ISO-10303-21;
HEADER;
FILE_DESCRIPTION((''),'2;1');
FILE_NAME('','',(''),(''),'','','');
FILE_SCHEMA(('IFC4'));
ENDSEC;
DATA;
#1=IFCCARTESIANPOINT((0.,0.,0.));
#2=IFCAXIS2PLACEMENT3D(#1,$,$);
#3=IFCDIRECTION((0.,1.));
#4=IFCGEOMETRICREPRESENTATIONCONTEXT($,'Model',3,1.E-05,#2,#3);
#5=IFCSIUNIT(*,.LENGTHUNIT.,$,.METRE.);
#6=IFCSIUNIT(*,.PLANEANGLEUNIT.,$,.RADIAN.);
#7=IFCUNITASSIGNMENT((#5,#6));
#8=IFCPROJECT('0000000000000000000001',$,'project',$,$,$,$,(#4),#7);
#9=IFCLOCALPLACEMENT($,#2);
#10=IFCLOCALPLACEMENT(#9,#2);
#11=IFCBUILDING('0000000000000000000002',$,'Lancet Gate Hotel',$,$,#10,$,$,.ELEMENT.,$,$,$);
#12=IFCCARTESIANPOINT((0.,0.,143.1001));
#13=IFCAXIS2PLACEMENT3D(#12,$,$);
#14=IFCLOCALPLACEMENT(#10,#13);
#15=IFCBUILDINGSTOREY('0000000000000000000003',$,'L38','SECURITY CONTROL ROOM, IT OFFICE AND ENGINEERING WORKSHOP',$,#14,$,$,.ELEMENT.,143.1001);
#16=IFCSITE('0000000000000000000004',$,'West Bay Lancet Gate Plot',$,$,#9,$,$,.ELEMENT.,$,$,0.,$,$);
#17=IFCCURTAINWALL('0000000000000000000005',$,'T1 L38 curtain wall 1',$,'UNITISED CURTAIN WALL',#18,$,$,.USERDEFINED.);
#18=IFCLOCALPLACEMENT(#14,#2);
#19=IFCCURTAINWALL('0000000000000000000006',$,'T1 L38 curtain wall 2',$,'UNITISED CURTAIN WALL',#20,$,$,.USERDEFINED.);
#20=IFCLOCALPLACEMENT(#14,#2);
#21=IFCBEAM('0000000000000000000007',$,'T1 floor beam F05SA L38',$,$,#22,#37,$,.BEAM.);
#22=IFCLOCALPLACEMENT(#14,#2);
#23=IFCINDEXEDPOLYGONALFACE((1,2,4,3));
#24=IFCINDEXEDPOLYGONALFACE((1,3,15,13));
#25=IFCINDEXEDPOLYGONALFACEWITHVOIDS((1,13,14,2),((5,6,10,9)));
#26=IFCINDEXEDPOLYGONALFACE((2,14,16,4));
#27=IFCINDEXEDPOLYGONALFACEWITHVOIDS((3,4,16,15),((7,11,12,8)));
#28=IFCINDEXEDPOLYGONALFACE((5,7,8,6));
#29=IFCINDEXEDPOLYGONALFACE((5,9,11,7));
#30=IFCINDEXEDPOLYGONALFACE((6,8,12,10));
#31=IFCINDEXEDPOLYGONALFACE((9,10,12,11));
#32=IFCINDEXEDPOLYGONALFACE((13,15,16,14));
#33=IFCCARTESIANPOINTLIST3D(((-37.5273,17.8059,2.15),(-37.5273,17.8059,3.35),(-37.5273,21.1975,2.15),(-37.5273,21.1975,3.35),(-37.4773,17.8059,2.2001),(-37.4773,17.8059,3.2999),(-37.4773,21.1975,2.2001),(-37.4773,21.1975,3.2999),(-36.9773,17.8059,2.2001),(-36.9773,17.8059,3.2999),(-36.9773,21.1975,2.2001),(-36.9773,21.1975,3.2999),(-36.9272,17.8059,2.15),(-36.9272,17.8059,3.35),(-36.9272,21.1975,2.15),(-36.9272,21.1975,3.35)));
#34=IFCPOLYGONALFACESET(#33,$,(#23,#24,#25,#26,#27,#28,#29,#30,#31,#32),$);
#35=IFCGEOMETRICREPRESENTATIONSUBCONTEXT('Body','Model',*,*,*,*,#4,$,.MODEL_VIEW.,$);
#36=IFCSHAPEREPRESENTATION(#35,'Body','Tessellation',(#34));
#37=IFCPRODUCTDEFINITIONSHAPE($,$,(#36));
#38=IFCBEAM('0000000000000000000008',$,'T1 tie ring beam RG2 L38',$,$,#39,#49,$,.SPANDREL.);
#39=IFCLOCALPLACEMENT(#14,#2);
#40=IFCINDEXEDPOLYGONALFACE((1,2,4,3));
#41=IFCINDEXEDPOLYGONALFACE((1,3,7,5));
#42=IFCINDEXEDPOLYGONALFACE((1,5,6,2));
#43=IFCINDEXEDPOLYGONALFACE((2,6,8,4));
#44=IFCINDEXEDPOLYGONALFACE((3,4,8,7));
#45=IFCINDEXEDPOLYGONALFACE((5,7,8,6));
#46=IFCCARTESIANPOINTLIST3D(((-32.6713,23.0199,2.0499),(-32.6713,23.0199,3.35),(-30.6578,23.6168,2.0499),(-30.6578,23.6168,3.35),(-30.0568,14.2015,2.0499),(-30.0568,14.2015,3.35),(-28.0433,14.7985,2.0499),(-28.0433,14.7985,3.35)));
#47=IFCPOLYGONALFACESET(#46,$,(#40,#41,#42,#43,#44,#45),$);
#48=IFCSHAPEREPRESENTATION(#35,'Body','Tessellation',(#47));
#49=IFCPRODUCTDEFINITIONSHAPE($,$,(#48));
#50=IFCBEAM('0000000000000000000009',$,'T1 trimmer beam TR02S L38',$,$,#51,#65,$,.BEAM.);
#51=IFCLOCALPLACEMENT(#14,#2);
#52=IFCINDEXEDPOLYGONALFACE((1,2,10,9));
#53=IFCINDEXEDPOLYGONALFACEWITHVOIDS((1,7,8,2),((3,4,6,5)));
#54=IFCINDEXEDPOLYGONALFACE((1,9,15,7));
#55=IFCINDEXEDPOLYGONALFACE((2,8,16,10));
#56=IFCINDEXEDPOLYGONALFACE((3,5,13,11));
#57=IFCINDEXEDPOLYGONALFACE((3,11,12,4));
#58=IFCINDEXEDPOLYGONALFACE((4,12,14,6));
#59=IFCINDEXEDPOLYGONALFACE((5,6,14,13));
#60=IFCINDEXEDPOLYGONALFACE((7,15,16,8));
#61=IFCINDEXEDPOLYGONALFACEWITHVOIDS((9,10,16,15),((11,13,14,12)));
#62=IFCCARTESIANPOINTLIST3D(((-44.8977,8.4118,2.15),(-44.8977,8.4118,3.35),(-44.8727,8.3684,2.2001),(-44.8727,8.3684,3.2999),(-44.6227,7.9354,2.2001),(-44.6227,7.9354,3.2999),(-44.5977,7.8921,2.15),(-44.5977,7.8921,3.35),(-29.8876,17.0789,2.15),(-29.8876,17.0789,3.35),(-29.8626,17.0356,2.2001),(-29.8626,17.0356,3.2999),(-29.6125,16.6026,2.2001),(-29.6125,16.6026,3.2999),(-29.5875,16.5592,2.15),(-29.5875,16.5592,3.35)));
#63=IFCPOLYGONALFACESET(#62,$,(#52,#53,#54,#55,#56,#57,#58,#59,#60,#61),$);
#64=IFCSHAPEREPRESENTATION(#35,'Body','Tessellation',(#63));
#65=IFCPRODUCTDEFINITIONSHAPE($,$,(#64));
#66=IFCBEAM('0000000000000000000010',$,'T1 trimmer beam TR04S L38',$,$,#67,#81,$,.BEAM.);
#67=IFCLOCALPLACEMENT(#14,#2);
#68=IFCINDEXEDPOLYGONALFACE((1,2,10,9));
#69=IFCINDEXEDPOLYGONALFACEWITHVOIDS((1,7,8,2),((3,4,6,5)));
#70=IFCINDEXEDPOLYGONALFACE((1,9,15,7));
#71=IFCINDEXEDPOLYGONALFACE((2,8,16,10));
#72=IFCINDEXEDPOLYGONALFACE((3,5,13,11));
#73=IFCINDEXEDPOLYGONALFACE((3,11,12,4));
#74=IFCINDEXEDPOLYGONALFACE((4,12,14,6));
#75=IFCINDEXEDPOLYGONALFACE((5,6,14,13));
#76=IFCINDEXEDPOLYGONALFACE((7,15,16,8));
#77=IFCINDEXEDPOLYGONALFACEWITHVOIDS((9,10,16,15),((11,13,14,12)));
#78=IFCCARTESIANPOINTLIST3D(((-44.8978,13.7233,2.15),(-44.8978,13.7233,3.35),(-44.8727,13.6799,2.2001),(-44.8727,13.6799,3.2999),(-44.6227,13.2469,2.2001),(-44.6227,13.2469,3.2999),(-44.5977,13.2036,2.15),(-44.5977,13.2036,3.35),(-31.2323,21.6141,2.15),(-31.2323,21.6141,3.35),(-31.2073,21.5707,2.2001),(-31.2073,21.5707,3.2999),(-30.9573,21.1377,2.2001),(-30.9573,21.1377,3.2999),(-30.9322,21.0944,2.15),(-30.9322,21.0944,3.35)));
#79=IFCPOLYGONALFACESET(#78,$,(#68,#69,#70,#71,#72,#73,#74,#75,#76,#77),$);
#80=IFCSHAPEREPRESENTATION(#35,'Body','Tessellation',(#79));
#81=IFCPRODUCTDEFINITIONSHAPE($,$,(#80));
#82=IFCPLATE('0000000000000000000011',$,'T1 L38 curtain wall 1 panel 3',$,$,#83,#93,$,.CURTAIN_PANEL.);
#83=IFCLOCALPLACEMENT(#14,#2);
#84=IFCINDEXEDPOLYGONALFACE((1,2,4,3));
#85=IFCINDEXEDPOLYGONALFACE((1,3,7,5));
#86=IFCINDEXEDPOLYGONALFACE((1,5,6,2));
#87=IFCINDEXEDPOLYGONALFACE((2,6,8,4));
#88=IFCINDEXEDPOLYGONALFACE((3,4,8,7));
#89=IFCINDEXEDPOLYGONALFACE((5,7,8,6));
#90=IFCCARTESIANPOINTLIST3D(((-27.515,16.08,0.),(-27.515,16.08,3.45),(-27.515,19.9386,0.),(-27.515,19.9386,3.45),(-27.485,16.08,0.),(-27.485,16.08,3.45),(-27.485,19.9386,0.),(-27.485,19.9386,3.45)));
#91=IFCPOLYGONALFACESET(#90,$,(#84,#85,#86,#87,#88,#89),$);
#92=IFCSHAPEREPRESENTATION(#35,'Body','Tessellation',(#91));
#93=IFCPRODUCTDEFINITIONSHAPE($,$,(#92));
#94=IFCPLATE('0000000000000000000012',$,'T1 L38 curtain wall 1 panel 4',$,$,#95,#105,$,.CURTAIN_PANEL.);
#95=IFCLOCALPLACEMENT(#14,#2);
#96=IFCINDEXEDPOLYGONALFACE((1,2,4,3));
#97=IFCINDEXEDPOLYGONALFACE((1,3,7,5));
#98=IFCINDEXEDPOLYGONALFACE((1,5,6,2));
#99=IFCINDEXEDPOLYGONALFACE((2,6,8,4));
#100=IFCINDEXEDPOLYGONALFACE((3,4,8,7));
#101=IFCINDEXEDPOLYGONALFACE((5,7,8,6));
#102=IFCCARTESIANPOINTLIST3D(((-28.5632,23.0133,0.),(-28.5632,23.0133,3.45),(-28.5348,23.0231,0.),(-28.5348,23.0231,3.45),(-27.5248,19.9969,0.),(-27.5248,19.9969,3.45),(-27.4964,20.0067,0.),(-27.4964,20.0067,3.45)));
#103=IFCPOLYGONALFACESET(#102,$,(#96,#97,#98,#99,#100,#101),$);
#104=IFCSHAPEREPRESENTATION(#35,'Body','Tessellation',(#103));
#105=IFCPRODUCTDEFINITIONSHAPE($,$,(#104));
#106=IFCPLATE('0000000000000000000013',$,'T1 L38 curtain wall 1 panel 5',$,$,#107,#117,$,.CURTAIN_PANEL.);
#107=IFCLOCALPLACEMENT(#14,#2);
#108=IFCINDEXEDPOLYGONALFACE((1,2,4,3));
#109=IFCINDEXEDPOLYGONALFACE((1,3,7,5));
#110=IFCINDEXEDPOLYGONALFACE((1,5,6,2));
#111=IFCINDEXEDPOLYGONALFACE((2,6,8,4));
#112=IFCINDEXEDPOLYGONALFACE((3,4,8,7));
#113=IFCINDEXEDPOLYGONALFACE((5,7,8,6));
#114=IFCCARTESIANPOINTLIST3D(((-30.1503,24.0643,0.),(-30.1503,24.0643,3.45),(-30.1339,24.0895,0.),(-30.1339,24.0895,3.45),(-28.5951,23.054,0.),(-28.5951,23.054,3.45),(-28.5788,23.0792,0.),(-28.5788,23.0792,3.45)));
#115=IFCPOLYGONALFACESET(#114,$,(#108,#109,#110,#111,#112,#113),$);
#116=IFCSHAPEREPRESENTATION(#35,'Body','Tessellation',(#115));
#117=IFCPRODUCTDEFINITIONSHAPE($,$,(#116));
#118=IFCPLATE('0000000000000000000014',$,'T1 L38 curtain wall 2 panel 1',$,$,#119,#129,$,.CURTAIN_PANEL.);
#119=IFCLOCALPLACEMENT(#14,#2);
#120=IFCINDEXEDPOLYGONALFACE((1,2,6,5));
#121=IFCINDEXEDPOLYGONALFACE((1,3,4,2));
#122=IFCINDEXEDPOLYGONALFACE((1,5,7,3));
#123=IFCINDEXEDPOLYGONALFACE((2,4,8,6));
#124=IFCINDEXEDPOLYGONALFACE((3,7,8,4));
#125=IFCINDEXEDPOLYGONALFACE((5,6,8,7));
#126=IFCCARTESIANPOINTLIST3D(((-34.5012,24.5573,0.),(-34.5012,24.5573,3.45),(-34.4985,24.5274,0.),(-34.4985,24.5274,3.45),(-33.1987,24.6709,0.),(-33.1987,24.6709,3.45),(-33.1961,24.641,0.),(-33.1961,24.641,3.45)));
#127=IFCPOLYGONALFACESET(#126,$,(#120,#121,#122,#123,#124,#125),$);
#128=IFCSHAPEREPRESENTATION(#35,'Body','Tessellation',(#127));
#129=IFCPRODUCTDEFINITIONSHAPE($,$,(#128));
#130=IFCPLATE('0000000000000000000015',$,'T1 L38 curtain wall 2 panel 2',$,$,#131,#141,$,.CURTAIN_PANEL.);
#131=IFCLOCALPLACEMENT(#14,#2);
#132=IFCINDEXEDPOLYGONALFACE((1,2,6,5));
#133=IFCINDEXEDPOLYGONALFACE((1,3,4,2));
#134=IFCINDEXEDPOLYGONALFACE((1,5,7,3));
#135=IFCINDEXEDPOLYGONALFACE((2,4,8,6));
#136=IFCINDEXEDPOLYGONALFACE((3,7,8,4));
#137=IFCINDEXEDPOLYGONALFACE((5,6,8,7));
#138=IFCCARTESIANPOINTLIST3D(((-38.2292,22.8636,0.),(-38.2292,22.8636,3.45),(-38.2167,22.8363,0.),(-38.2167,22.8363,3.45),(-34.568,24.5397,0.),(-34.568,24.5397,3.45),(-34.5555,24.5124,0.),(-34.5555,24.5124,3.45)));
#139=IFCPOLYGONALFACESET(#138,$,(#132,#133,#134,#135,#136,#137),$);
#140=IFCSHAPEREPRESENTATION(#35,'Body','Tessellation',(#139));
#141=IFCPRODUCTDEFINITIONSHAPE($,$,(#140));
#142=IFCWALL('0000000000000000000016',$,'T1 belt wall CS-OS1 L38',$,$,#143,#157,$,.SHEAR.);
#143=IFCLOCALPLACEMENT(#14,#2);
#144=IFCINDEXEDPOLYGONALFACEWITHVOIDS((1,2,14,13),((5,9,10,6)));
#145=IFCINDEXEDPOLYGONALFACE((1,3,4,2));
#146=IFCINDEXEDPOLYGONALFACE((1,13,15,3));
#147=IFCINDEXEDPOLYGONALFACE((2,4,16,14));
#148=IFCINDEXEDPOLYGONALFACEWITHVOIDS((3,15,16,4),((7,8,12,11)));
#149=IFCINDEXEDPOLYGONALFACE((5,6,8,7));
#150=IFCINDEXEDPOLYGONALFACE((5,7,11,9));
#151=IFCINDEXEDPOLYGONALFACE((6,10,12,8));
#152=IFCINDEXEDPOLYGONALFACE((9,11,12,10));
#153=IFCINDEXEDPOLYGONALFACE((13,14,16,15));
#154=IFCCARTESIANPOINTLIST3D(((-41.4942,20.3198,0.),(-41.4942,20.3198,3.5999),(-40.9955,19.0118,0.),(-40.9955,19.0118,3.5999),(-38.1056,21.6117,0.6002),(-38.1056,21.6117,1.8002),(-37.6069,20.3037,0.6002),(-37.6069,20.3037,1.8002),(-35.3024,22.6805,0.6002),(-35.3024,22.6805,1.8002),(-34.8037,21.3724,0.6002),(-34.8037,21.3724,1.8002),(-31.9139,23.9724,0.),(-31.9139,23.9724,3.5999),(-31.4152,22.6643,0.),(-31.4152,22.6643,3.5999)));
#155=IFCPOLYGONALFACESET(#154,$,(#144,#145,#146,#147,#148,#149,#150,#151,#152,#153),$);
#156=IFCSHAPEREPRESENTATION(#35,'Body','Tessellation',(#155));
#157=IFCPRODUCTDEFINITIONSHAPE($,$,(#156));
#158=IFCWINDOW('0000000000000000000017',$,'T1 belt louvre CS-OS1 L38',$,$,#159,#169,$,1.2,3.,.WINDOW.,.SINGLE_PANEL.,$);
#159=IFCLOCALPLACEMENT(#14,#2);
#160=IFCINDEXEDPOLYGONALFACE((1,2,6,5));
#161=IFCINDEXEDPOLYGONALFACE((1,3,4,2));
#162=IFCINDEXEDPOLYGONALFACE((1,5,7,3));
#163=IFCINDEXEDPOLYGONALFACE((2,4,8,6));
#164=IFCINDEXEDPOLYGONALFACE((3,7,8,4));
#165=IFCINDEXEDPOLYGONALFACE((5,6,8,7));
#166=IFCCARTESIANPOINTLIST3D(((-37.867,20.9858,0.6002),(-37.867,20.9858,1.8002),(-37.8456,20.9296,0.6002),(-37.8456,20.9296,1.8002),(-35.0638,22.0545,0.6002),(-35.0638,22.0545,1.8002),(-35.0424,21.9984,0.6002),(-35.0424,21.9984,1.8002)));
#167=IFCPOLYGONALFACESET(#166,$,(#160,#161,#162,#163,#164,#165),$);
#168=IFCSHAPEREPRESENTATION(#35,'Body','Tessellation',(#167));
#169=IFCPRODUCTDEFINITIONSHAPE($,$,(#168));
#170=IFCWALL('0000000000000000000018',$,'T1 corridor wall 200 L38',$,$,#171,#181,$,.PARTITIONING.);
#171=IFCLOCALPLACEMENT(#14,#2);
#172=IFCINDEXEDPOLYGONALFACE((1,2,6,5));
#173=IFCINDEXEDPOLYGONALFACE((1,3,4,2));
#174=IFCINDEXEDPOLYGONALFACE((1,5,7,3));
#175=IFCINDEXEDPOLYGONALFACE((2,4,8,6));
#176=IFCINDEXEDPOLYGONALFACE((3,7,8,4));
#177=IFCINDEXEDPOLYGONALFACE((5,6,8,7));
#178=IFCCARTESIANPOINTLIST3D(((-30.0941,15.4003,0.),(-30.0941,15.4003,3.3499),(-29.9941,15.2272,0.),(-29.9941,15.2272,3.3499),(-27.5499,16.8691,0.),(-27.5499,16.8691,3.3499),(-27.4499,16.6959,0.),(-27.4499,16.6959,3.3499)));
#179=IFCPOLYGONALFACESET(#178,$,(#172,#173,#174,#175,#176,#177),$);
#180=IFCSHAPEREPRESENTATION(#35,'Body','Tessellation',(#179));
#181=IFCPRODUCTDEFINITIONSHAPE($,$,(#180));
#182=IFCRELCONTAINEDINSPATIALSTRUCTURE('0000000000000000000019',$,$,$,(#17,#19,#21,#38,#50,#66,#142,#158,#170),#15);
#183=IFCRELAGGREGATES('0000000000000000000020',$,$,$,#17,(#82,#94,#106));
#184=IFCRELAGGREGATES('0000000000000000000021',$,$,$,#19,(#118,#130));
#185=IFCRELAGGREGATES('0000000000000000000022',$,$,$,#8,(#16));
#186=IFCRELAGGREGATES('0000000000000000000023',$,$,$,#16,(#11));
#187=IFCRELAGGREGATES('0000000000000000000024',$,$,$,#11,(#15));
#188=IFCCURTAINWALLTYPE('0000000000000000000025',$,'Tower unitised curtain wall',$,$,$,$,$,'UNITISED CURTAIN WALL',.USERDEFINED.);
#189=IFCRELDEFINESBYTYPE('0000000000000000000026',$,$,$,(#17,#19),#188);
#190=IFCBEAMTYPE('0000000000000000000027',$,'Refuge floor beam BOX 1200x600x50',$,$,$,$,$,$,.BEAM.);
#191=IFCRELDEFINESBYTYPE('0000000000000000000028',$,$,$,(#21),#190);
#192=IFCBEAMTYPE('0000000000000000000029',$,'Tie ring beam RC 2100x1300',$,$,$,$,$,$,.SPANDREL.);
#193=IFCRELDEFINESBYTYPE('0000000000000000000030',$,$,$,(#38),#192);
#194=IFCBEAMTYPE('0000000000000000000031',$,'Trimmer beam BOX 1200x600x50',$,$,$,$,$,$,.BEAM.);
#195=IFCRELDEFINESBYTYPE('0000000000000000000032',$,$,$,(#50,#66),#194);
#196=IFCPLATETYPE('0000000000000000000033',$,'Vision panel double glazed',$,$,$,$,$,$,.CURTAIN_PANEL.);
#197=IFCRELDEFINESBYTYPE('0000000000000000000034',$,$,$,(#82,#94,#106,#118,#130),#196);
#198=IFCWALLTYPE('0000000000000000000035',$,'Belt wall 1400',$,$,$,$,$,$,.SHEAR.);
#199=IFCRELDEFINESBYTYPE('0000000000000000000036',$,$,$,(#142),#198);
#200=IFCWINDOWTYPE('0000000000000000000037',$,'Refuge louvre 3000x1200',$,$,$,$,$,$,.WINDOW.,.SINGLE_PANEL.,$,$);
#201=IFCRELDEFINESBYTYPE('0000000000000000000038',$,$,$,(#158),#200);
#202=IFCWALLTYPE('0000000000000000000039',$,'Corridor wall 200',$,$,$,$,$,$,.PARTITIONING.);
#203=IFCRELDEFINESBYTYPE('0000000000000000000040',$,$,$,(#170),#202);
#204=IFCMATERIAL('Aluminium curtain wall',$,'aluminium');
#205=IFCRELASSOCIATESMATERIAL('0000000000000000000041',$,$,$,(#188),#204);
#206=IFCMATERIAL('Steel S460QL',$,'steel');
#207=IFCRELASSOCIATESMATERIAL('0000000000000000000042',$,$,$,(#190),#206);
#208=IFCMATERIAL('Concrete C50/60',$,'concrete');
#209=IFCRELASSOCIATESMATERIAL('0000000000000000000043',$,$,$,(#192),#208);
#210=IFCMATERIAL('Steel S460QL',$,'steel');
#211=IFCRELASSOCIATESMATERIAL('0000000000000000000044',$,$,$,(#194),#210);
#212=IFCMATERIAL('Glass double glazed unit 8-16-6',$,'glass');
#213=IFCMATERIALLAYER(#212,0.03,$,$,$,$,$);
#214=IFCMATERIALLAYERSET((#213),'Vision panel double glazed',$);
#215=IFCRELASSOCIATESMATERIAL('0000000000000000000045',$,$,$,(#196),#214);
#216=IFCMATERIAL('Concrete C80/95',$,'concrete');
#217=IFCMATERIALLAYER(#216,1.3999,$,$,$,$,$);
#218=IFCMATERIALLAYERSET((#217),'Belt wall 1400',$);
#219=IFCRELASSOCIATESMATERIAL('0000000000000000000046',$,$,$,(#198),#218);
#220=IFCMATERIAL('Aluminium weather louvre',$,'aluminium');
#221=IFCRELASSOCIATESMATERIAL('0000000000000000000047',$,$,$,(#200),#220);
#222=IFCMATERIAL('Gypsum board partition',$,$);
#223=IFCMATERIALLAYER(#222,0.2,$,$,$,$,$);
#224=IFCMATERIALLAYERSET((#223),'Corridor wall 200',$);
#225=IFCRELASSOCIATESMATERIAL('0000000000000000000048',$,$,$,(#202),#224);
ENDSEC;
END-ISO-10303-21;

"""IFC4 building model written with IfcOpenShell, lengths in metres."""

from ifc_helpers import new_model, si_unit, direction, frame, frame_2d, origin, origin_2d, place, context, subcontext, project, spatial, rectangle, hollow_rectangle, extrude, material, layer, layer_set, material_profile, profile_set, type_object, element, fill, aggregate, save


model = new_model("IFC4")

# Units and contexts
model_context = context("Model", 3, precision=1e-05, world=origin(), true_north=direction((0.0, 1.0)))
body_context = subcontext(model_context, "Body", "Model", "MODEL_VIEW")
ifc_project = project(units=[si_unit("LENGTHUNIT", "METRE"), si_unit("PLANEANGLEUNIT", "RADIAN")], contexts=[model_context])

# Site, building, storey
site_placement = place(None, origin())
site = spatial("IfcSite", under=ifc_project, at=site_placement, Name="West Bay Lancet Gate Plot", CompositionType="ELEMENT", RefElevation=0.0)
building_placement = place(site_placement, origin())
building = spatial("IfcBuilding", under=site, at=building_placement, Name="Lancet Gate Hotel", CompositionType="ELEMENT")
storey_placement = place(building_placement, frame((0.0, 0.0, 143.1001)))
storey = spatial("IfcBuildingStorey", under=building, at=storey_placement, Name="L38", Description="SECURITY CONTROL ROOM, IT OFFICE AND ENGINEERING WORKSHOP", CompositionType="ELEMENT", Elevation=143.1001)

# Curtain walls
ifc_material_1 = material(Name="Aluminium curtain wall", Category="aluminium")
curtain_wall_type = type_object("IfcCurtainWallType", Name="Tower unitised curtain wall", ElementType="UNITISED CURTAIN WALL", PredefinedType="USERDEFINED", material=ifc_material_1)
curtain_wall_1_placement = place(storey_placement, origin())
curtain_wall_1 = element("IfcCurtainWall", 1, at=curtain_wall_1_placement, inside=storey, type_object=curtain_wall_type, Name="T1 L38 curtain wall 1", ObjectType="UNITISED CURTAIN WALL", PredefinedType="USERDEFINED")
curtain_wall_2_placement = place(storey_placement, origin())
curtain_wall_2 = element("IfcCurtainWall", 2, at=curtain_wall_2_placement, inside=storey, type_object=curtain_wall_type, Name="T1 L38 curtain wall 2", ObjectType="UNITISED CURTAIN WALL", PredefinedType="USERDEFINED")

# Beams
ifc_material_2 = material(Name="Steel S460QL", Category="steel")
ifc_material_profile_1 = material_profile(ifc_material_2, hollow_rectangle(XDim=0.6001, YDim=1.2, WallThickness=0.05, at=origin_2d()), Name="BOX 1200x600x50")
ifc_profile_set_1 = profile_set([ifc_material_profile_1], Name="Steel S460QL")
beam_type_1 = type_object("IfcBeamType", Name="Refuge floor beam BOX 1200x600x50", PredefinedType="BEAM", material=ifc_profile_set_1)
beam_1_placement = place(storey_placement, frame((-37.2273, 21.1975, 2.75), z_axis=(0.0, -1.0, 0.0), x_axis=(1.0, 0.0, 0.0)))
element("IfcBeam", 3, at=beam_1_placement, inside=storey, type_object=beam_type_1, Name="T1 floor beam F05SA L38", PredefinedType="BEAM", context=body_context, shape_type="SweptSolid", body=[
    extrude(hollow_rectangle(XDim=0.6001, YDim=1.2, WallThickness=0.05, at=origin_2d()), origin(), (0.0, 0.0, 1.0), 3.3916),
])
ifc_material_3 = material(Name="Concrete C50/60", Category="concrete")
ifc_material_profile_2 = material_profile(ifc_material_3, rectangle(XDim=2.1001, YDim=1.3, at=origin_2d()), Name="RC 2100x1300")
ifc_profile_set_2 = profile_set([ifc_material_profile_2], Name="Concrete C50/60")
beam_type_2 = type_object("IfcBeamType", Name="Tie ring beam RC 2100x1300", PredefinedType="SPANDREL", material=ifc_profile_set_2)
beam_2_placement = place(storey_placement, frame((-31.6646, 23.3184, 2.7), z_axis=(0.284254, -0.958749, 0.0), x_axis=(0.958749, 0.284254, 0.0)))
element("IfcBeam", 4, at=beam_2_placement, inside=storey, type_object=beam_type_2, Name="T1 tie ring beam RG2 L38", PredefinedType="SPANDREL", context=body_context, shape_type="SweptSolid", body=[
    extrude(rectangle(XDim=2.1001, YDim=1.3, at=origin_2d()), origin(), (0.0, 0.0, 1.0), 9.1978),
])
ifc_material_4 = material(Name="Steel S460QL", Category="steel")
ifc_material_profile_3 = material_profile(ifc_material_4, hollow_rectangle(XDim=0.6001, YDim=1.2, WallThickness=0.05, at=origin_2d()), Name="BOX 1200x600x50")
ifc_profile_set_3 = profile_set([ifc_material_profile_3], Name="Steel S460QL")
beam_type_3 = type_object("IfcBeamType", Name="Trimmer beam BOX 1200x600x50", PredefinedType="BEAM", material=ifc_profile_set_3)
beam_3_placement = place(storey_placement, frame((-29.7375, 16.8191, 2.75), z_axis=(-0.865999, -0.500046, 0.0), x_axis=(0.500046, -0.865999, 0.0)))
element("IfcBeam", 5, at=beam_3_placement, inside=storey, type_object=beam_type_3, Name="T1 trimmer beam TR02S L38", PredefinedType="BEAM", context=body_context, shape_type="SweptSolid", body=[
    extrude(hollow_rectangle(XDim=0.6001, YDim=1.2, WallThickness=0.05, at=origin_2d()), origin(), (0.0, 0.0, 1.0), 17.3328),
])
beam_4_placement = place(storey_placement, frame((-31.0823, 21.3542, 2.75), z_axis=(-0.865996, -0.500051, 0.0), x_axis=(0.500051, -0.865996, 0.0)))
element("IfcBeam", 6, at=beam_4_placement, inside=storey, type_object=beam_type_3, Name="T1 trimmer beam TR04S L38", PredefinedType="BEAM", context=body_context, shape_type="SweptSolid", body=[
    extrude(hollow_rectangle(XDim=0.6001, YDim=1.2, WallThickness=0.05, at=origin_2d()), origin(), (0.0, 0.0, 1.0), 15.78),
])

# Plates
ifc_material_5 = material(Name="Glass double glazed unit 8-16-6", Category="glass")
ifc_layer_1 = layer(ifc_material_5, 0.03)
ifc_layer_set_1 = layer_set([ifc_layer_1], Name="Vision panel double glazed")
plate_type = type_object("IfcPlateType", Name="Vision panel double glazed", PredefinedType="CURTAIN_PANEL", material=ifc_layer_set_1)
plate_1_placement = place(storey_placement, frame((-27.5, 18.0093, 0.0), z_axis=(0.0, 0.0, 1.0), x_axis=(0.0, 1.0, 0.0)))
plate_1 = element("IfcPlate", 7, at=plate_1_placement, type_object=plate_type, Name="T1 L38 curtain wall 1 panel 3", PredefinedType="CURTAIN_PANEL", context=body_context, shape_type="SweptSolid", body=[
    extrude(rectangle(XDim=3.8586, YDim=0.03, at=origin_2d()), origin(), (0.0, 0.0, 1.0), 3.45),
])
plate_2_placement = place(storey_placement, frame((-28.0298, 21.51, 0.0), z_axis=(0.0, 0.0, 1.0), x_axis=(-0.325516, 0.945537, 0.0)))
plate_2 = element("IfcPlate", 8, at=plate_2_placement, type_object=plate_type, Name="T1 L38 curtain wall 1 panel 4", PredefinedType="CURTAIN_PANEL", context=body_context, shape_type="SweptSolid", body=[
    extrude(rectangle(XDim=3.1902, YDim=0.03, at=origin_2d()), origin(), (0.0, 0.0, 1.0), 3.45),
])
plate_3_placement = place(storey_placement, frame((-29.3645, 23.5718, 0.0), z_axis=(0.0, 0.0, 1.0), x_axis=(-0.83858, 0.544778, 0.0)))
plate_3 = element("IfcPlate", 9, at=plate_3_placement, type_object=plate_type, Name="T1 L38 curtain wall 1 panel 5", PredefinedType="CURTAIN_PANEL", context=body_context, shape_type="SweptSolid", body=[
    extrude(rectangle(XDim=1.8545, YDim=0.03, at=origin_2d()), origin(), (0.0, 0.0, 1.0), 3.45),
])
aggregate(curtain_wall_1, [plate_1, plate_2, plate_3])
plate_4_placement = place(storey_placement, frame((-33.8486, 24.5991, 0.0), z_axis=(0.0, 0.0, 1.0), x_axis=(-0.996219, -0.08688, 0.0)))
plate_4 = element("IfcPlate", 10, at=plate_4_placement, type_object=plate_type, Name="T1 L38 curtain wall 2 panel 1", PredefinedType="CURTAIN_PANEL", context=body_context, shape_type="SweptSolid", body=[
    extrude(rectangle(XDim=1.3074, YDim=0.03, at=origin_2d()), origin(), (0.0, 0.0, 1.0), 3.45),
])
plate_5_placement = place(storey_placement, frame((-36.3923, 23.688, 0.0), z_axis=(0.0, 0.0, 1.0), x_axis=(-0.909253, -0.416245, 0.0)))
plate_5 = element("IfcPlate", 11, at=plate_5_placement, type_object=plate_type, Name="T1 L38 curtain wall 2 panel 2", PredefinedType="CURTAIN_PANEL", context=body_context, shape_type="SweptSolid", body=[
    extrude(rectangle(XDim=4.0266, YDim=0.03, at=origin_2d()), origin(), (0.0, 0.0, 1.0), 3.45),
])
aggregate(curtain_wall_2, [plate_4, plate_5])

# Wall, opening, window
ifc_material_6 = material(Name="Concrete C80/95", Category="concrete")
ifc_layer_2 = layer(ifc_material_6, 1.3999)
ifc_layer_set_2 = layer_set([ifc_layer_2], Name="Belt wall 1400")
wall_type_1 = type_object("IfcWallType", Name="Belt wall 1400", PredefinedType="SHEAR", material=ifc_layer_set_2)
wall_1_placement = place(storey_placement, frame((-31.6646, 23.3184, 0.0), z_axis=(0.0, 0.0, 1.0), x_axis=(-0.934392, -0.356246, 0.0)))
wall_1 = element("IfcWall", 12, at=wall_1_placement, inside=storey, type_object=wall_type_1, Name="T1 belt wall CS-OS1 L38", PredefinedType="SHEAR", context=body_context, shape_type="SweptSolid", body=[
    extrude(rectangle(XDim=10.2529, YDim=1.3999, at=frame_2d((5.1265, 0.0))), origin(), (0.0, 0.0, 1.0), 3.5999),
])
opening_placement = place(wall_1_placement, frame((3.6265, 0.0, 0.6001)))
opening = element("IfcOpeningElement", 13, at=opening_placement, cuts=wall_1, PredefinedType="OPENING", context=body_context, shape_type="SweptSolid", body=[
    extrude(rectangle(XDim=3.0, YDim=1.2, at=frame_2d((1.5, 0.6001))), frame((0.0, 0.71, 0.0), z_axis=(0.0, -1.0, 0.0), x_axis=(1.0, 0.0, 0.0)), (0.0, 0.0, 1.0), 1.4199),
])
ifc_material_7 = material(Name="Aluminium weather louvre", Category="aluminium")
window_type = type_object("IfcWindowType", Name="Refuge louvre 3000x1200", PartitioningType="SINGLE_PANEL", PredefinedType="WINDOW", material=ifc_material_7)
window_placement = place(opening_placement, origin())
window = element("IfcWindow", 14, at=window_placement, inside=storey, type_object=window_type, Name="T1 belt louvre CS-OS1 L38", OverallHeight=1.2, OverallWidth=3.0, PartitioningType="SINGLE_PANEL", PredefinedType="WINDOW", context=body_context, shape_type="SweptSolid", body=[
    extrude(rectangle(XDim=3.0, YDim=1.2, at=frame_2d((1.5, 0.6001))), frame((0.0, 0.03, 0.0), z_axis=(0.0, -1.0, 0.0), x_axis=(1.0, 0.0, 0.0)), (0.0, 0.0, 1.0), 0.0601),
])
fill(opening, window)

# Wall
ifc_material_8 = material(Name="Gypsum board partition")
ifc_layer_3 = layer(ifc_material_8, 0.2)
ifc_layer_set_3 = layer_set([ifc_layer_3], Name="Corridor wall 200")
wall_type_2 = type_object("IfcWallType", Name="Corridor wall 200", PredefinedType="PARTITIONING", material=ifc_layer_set_3)
wall_2_placement = place(storey_placement, frame((-27.5, 16.7825, 0.0), z_axis=(0.0, 0.0, 1.0), x_axis=(-0.866046, -0.499965, 0.0)))
element("IfcWall", 15, at=wall_2_placement, inside=storey, type_object=wall_type_2, Name="T1 corridor wall 200 L38", PredefinedType="PARTITIONING", context=body_context, shape_type="SweptSolid", body=[
    extrude(rectangle(XDim=2.9377, YDim=0.2, at=frame_2d((1.4688, 0.0))), origin(), (0.0, 0.0, 1.0), 3.3499),
])

save(model, "model.ifc")
